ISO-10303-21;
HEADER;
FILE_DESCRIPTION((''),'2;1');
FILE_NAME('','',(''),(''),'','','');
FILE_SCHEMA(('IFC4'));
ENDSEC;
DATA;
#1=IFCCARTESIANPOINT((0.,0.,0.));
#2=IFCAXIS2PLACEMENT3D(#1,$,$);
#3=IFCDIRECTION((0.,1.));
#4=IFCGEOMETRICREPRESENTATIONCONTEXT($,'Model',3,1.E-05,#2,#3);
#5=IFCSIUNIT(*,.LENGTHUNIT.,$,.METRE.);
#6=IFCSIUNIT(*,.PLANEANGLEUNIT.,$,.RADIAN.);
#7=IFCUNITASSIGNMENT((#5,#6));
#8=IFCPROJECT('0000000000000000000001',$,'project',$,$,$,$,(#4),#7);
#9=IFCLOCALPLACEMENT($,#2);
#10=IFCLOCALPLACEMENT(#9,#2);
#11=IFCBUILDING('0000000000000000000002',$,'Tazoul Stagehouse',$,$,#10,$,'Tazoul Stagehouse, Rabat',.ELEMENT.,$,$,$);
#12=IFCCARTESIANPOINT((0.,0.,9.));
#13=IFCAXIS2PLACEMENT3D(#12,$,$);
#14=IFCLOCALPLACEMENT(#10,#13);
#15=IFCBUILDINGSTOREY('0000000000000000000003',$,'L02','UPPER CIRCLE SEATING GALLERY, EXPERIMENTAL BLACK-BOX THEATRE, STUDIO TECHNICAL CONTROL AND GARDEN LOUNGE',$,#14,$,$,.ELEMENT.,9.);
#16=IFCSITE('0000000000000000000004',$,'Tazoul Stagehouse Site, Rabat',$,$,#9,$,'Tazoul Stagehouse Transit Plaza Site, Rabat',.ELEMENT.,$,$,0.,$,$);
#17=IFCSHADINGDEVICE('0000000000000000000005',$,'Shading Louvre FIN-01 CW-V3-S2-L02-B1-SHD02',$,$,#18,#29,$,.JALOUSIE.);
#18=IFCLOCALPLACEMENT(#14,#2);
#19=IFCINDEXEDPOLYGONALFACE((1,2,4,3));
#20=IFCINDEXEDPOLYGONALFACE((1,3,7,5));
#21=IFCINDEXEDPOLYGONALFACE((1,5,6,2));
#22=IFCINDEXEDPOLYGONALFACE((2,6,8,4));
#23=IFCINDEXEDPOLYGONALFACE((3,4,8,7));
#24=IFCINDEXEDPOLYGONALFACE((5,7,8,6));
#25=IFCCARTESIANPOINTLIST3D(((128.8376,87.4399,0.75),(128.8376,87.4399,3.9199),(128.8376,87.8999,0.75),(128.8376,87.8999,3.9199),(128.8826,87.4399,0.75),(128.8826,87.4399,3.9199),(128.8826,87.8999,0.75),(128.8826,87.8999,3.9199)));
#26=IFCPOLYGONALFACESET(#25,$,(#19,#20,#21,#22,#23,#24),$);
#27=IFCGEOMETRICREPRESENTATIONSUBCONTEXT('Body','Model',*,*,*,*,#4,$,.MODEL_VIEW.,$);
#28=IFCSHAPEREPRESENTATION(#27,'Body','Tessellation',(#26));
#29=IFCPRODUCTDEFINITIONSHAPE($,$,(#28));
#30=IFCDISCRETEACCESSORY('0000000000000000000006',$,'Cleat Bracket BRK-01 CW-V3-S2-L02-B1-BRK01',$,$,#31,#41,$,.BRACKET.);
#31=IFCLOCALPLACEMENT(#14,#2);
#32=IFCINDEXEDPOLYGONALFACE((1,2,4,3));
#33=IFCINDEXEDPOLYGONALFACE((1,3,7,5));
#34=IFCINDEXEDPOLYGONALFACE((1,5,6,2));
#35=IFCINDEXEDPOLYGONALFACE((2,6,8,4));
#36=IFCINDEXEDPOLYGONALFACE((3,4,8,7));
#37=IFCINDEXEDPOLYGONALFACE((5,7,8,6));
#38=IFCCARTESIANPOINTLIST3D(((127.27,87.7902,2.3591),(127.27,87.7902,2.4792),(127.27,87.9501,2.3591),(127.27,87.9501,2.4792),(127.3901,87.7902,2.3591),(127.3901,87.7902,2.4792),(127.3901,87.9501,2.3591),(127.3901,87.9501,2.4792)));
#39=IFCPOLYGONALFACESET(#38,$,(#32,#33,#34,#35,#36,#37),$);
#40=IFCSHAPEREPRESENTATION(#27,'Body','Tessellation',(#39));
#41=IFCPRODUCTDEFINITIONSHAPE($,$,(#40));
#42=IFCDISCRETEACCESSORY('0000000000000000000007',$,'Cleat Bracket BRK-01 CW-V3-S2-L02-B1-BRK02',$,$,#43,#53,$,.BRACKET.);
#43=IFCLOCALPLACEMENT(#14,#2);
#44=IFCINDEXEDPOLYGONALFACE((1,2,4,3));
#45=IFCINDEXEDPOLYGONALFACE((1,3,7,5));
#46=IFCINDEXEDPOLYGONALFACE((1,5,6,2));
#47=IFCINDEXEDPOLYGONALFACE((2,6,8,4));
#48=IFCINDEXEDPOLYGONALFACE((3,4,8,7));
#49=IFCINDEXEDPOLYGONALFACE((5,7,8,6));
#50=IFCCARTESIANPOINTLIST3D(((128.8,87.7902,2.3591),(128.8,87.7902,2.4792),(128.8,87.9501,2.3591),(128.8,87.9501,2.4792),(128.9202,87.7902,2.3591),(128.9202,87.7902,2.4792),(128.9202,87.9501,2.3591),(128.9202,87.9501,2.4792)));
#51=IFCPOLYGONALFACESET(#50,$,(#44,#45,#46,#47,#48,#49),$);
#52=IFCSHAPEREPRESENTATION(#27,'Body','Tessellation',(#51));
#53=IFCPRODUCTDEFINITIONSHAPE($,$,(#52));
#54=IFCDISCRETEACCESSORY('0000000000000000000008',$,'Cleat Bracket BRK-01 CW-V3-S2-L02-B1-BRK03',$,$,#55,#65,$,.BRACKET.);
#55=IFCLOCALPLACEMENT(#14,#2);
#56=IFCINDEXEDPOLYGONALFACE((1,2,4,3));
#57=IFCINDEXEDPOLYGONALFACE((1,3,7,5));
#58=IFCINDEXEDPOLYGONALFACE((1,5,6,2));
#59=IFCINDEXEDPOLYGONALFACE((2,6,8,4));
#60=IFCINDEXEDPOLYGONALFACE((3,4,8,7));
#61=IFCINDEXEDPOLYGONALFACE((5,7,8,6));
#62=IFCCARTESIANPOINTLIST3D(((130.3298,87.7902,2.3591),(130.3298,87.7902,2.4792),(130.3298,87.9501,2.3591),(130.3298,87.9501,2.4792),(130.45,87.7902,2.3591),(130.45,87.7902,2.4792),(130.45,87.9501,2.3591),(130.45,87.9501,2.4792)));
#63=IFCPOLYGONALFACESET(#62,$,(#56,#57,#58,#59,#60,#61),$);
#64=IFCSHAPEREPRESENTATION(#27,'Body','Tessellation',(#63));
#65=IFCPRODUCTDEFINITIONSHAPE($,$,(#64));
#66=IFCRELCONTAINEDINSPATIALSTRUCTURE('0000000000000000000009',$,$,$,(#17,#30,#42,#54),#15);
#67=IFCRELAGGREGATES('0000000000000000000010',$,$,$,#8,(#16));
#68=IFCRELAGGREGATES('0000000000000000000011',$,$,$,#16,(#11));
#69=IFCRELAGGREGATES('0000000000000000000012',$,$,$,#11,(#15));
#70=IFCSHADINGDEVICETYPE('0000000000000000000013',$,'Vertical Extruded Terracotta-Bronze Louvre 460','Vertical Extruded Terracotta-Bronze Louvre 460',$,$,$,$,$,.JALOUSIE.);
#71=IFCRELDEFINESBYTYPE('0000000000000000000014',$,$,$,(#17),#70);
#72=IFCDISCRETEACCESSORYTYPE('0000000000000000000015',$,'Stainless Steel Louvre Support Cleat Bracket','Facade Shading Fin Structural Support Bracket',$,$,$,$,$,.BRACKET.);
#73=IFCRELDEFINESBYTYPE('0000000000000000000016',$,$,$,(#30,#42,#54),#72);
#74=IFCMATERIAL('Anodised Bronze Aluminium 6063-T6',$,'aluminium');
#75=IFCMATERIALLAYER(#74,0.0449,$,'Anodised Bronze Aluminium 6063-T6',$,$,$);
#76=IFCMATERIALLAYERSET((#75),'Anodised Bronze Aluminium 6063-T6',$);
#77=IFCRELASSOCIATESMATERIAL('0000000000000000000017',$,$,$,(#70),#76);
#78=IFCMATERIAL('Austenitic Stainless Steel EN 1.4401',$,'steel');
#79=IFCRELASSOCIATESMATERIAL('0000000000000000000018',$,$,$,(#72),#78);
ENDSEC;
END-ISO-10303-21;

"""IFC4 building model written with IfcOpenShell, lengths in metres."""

from ifc_helpers import new_model, si_unit, direction, frame, origin, origin_2d, place, context, subcontext, project, spatial, rectangle, extrude, material, layer, layer_set, type_object, element, save


model = new_model("IFC4")

# Units and contexts
model_context = context("Model", 3, precision=1e-05, world=origin(), true_north=direction((0.0, 1.0)))
body_context = subcontext(model_context, "Body", "Model", "MODEL_VIEW")
ifc_project = project(units=[si_unit("LENGTHUNIT", "METRE"), si_unit("PLANEANGLEUNIT", "RADIAN")], contexts=[model_context])

# Site, building, storey
site_placement = place(None, origin())
site = spatial("IfcSite", under=ifc_project, at=site_placement, Name="Tazoul Stagehouse Site, Rabat", LongName="Tazoul Stagehouse Transit Plaza Site, Rabat", CompositionType="ELEMENT", RefElevation=0.0)
building_placement = place(site_placement, origin())
building = spatial("IfcBuilding", under=site, at=building_placement, Name="Tazoul Stagehouse", LongName="Tazoul Stagehouse, Rabat", CompositionType="ELEMENT")
storey_placement = place(building_placement, frame((0.0, 0.0, 9.0)))
storey = spatial("IfcBuildingStorey", under=building, at=storey_placement, Name="L02", Description="UPPER CIRCLE SEATING GALLERY, EXPERIMENTAL BLACK-BOX THEATRE, STUDIO TECHNICAL CONTROL AND GARDEN LOUNGE", CompositionType="ELEMENT", Elevation=9.0)

# Shared definitions
ifc_material_1 = material(Name="Anodised Bronze Aluminium 6063-T6", Category="aluminium")

# Shading device
ifc_layer_1 = layer(ifc_material_1, 0.0449, Name="Anodised Bronze Aluminium 6063-T6")
ifc_layer_set_1 = layer_set([ifc_layer_1], Name="Anodised Bronze Aluminium 6063-T6")
shading_device_type_1 = type_object("IfcShadingDeviceType", Name="Vertical Extruded Terracotta-Bronze Louvre 460", Description="Vertical Extruded Terracotta-Bronze Louvre 460", PredefinedType="JALOUSIE", material=ifc_layer_set_1)
shading_device_placement = place(storey_placement, frame((128.8601, 87.6699, 0.75), z_axis=(0.0, 0.0, 1.0), x_axis=(1.0, 0.0, 0.0)))
element("IfcShadingDevice", 1, at=shading_device_placement, inside=storey, type_object=shading_device_type_1, Name="Shading Louvre FIN-01 CW-V3-S2-L02-B1-SHD02", PredefinedType="JALOUSIE", context=body_context, shape_type="SweptSolid", body=[
    extrude(rectangle(XDim=0.0449, YDim=0.46, at=origin_2d()), origin(), (0.0, 0.0, 1.0), 3.1699),
])

# Discrete accessories
ifc_material_2 = material(Name="Austenitic Stainless Steel EN 1.4401", Category="steel")
discrete_accessory_type = type_object("IfcDiscreteAccessoryType", Name="Stainless Steel Louvre Support Cleat Bracket", Description="Facade Shading Fin Structural Support Bracket", PredefinedType="BRACKET", material=ifc_material_2)
for number, where, z_axis, x_axis, name in (
    (2, (127.3301, 87.8701, 2.3591), (0.0, 0.0, 1.0), (1.0, 0.0, 0.0), "Cleat Bracket BRK-01 CW-V3-S2-L02-B1-BRK01"),
    (3, (128.8601, 87.8701, 2.3591), (0.0, 0.0, 1.0), (1.0, 0.0, 0.0), "Cleat Bracket BRK-01 CW-V3-S2-L02-B1-BRK02"),
    (4, (130.3899, 87.8701, 2.3591), (0.0, 0.0, 1.0), (1.0, 0.0, 0.0), "Cleat Bracket BRK-01 CW-V3-S2-L02-B1-BRK03"),
):
    element("IfcDiscreteAccessory", number, at=place(storey_placement, frame(where, z_axis=z_axis, x_axis=x_axis)), inside=storey, type_object=discrete_accessory_type, Name=name, PredefinedType="BRACKET", context=body_context, shape_type="SweptSolid", body=[
        extrude(rectangle(XDim=0.1201, YDim=0.1599, at=origin_2d()), origin(), (0.0, 0.0, 1.0), 0.1201),
    ])

save(model, "model.ifc")
